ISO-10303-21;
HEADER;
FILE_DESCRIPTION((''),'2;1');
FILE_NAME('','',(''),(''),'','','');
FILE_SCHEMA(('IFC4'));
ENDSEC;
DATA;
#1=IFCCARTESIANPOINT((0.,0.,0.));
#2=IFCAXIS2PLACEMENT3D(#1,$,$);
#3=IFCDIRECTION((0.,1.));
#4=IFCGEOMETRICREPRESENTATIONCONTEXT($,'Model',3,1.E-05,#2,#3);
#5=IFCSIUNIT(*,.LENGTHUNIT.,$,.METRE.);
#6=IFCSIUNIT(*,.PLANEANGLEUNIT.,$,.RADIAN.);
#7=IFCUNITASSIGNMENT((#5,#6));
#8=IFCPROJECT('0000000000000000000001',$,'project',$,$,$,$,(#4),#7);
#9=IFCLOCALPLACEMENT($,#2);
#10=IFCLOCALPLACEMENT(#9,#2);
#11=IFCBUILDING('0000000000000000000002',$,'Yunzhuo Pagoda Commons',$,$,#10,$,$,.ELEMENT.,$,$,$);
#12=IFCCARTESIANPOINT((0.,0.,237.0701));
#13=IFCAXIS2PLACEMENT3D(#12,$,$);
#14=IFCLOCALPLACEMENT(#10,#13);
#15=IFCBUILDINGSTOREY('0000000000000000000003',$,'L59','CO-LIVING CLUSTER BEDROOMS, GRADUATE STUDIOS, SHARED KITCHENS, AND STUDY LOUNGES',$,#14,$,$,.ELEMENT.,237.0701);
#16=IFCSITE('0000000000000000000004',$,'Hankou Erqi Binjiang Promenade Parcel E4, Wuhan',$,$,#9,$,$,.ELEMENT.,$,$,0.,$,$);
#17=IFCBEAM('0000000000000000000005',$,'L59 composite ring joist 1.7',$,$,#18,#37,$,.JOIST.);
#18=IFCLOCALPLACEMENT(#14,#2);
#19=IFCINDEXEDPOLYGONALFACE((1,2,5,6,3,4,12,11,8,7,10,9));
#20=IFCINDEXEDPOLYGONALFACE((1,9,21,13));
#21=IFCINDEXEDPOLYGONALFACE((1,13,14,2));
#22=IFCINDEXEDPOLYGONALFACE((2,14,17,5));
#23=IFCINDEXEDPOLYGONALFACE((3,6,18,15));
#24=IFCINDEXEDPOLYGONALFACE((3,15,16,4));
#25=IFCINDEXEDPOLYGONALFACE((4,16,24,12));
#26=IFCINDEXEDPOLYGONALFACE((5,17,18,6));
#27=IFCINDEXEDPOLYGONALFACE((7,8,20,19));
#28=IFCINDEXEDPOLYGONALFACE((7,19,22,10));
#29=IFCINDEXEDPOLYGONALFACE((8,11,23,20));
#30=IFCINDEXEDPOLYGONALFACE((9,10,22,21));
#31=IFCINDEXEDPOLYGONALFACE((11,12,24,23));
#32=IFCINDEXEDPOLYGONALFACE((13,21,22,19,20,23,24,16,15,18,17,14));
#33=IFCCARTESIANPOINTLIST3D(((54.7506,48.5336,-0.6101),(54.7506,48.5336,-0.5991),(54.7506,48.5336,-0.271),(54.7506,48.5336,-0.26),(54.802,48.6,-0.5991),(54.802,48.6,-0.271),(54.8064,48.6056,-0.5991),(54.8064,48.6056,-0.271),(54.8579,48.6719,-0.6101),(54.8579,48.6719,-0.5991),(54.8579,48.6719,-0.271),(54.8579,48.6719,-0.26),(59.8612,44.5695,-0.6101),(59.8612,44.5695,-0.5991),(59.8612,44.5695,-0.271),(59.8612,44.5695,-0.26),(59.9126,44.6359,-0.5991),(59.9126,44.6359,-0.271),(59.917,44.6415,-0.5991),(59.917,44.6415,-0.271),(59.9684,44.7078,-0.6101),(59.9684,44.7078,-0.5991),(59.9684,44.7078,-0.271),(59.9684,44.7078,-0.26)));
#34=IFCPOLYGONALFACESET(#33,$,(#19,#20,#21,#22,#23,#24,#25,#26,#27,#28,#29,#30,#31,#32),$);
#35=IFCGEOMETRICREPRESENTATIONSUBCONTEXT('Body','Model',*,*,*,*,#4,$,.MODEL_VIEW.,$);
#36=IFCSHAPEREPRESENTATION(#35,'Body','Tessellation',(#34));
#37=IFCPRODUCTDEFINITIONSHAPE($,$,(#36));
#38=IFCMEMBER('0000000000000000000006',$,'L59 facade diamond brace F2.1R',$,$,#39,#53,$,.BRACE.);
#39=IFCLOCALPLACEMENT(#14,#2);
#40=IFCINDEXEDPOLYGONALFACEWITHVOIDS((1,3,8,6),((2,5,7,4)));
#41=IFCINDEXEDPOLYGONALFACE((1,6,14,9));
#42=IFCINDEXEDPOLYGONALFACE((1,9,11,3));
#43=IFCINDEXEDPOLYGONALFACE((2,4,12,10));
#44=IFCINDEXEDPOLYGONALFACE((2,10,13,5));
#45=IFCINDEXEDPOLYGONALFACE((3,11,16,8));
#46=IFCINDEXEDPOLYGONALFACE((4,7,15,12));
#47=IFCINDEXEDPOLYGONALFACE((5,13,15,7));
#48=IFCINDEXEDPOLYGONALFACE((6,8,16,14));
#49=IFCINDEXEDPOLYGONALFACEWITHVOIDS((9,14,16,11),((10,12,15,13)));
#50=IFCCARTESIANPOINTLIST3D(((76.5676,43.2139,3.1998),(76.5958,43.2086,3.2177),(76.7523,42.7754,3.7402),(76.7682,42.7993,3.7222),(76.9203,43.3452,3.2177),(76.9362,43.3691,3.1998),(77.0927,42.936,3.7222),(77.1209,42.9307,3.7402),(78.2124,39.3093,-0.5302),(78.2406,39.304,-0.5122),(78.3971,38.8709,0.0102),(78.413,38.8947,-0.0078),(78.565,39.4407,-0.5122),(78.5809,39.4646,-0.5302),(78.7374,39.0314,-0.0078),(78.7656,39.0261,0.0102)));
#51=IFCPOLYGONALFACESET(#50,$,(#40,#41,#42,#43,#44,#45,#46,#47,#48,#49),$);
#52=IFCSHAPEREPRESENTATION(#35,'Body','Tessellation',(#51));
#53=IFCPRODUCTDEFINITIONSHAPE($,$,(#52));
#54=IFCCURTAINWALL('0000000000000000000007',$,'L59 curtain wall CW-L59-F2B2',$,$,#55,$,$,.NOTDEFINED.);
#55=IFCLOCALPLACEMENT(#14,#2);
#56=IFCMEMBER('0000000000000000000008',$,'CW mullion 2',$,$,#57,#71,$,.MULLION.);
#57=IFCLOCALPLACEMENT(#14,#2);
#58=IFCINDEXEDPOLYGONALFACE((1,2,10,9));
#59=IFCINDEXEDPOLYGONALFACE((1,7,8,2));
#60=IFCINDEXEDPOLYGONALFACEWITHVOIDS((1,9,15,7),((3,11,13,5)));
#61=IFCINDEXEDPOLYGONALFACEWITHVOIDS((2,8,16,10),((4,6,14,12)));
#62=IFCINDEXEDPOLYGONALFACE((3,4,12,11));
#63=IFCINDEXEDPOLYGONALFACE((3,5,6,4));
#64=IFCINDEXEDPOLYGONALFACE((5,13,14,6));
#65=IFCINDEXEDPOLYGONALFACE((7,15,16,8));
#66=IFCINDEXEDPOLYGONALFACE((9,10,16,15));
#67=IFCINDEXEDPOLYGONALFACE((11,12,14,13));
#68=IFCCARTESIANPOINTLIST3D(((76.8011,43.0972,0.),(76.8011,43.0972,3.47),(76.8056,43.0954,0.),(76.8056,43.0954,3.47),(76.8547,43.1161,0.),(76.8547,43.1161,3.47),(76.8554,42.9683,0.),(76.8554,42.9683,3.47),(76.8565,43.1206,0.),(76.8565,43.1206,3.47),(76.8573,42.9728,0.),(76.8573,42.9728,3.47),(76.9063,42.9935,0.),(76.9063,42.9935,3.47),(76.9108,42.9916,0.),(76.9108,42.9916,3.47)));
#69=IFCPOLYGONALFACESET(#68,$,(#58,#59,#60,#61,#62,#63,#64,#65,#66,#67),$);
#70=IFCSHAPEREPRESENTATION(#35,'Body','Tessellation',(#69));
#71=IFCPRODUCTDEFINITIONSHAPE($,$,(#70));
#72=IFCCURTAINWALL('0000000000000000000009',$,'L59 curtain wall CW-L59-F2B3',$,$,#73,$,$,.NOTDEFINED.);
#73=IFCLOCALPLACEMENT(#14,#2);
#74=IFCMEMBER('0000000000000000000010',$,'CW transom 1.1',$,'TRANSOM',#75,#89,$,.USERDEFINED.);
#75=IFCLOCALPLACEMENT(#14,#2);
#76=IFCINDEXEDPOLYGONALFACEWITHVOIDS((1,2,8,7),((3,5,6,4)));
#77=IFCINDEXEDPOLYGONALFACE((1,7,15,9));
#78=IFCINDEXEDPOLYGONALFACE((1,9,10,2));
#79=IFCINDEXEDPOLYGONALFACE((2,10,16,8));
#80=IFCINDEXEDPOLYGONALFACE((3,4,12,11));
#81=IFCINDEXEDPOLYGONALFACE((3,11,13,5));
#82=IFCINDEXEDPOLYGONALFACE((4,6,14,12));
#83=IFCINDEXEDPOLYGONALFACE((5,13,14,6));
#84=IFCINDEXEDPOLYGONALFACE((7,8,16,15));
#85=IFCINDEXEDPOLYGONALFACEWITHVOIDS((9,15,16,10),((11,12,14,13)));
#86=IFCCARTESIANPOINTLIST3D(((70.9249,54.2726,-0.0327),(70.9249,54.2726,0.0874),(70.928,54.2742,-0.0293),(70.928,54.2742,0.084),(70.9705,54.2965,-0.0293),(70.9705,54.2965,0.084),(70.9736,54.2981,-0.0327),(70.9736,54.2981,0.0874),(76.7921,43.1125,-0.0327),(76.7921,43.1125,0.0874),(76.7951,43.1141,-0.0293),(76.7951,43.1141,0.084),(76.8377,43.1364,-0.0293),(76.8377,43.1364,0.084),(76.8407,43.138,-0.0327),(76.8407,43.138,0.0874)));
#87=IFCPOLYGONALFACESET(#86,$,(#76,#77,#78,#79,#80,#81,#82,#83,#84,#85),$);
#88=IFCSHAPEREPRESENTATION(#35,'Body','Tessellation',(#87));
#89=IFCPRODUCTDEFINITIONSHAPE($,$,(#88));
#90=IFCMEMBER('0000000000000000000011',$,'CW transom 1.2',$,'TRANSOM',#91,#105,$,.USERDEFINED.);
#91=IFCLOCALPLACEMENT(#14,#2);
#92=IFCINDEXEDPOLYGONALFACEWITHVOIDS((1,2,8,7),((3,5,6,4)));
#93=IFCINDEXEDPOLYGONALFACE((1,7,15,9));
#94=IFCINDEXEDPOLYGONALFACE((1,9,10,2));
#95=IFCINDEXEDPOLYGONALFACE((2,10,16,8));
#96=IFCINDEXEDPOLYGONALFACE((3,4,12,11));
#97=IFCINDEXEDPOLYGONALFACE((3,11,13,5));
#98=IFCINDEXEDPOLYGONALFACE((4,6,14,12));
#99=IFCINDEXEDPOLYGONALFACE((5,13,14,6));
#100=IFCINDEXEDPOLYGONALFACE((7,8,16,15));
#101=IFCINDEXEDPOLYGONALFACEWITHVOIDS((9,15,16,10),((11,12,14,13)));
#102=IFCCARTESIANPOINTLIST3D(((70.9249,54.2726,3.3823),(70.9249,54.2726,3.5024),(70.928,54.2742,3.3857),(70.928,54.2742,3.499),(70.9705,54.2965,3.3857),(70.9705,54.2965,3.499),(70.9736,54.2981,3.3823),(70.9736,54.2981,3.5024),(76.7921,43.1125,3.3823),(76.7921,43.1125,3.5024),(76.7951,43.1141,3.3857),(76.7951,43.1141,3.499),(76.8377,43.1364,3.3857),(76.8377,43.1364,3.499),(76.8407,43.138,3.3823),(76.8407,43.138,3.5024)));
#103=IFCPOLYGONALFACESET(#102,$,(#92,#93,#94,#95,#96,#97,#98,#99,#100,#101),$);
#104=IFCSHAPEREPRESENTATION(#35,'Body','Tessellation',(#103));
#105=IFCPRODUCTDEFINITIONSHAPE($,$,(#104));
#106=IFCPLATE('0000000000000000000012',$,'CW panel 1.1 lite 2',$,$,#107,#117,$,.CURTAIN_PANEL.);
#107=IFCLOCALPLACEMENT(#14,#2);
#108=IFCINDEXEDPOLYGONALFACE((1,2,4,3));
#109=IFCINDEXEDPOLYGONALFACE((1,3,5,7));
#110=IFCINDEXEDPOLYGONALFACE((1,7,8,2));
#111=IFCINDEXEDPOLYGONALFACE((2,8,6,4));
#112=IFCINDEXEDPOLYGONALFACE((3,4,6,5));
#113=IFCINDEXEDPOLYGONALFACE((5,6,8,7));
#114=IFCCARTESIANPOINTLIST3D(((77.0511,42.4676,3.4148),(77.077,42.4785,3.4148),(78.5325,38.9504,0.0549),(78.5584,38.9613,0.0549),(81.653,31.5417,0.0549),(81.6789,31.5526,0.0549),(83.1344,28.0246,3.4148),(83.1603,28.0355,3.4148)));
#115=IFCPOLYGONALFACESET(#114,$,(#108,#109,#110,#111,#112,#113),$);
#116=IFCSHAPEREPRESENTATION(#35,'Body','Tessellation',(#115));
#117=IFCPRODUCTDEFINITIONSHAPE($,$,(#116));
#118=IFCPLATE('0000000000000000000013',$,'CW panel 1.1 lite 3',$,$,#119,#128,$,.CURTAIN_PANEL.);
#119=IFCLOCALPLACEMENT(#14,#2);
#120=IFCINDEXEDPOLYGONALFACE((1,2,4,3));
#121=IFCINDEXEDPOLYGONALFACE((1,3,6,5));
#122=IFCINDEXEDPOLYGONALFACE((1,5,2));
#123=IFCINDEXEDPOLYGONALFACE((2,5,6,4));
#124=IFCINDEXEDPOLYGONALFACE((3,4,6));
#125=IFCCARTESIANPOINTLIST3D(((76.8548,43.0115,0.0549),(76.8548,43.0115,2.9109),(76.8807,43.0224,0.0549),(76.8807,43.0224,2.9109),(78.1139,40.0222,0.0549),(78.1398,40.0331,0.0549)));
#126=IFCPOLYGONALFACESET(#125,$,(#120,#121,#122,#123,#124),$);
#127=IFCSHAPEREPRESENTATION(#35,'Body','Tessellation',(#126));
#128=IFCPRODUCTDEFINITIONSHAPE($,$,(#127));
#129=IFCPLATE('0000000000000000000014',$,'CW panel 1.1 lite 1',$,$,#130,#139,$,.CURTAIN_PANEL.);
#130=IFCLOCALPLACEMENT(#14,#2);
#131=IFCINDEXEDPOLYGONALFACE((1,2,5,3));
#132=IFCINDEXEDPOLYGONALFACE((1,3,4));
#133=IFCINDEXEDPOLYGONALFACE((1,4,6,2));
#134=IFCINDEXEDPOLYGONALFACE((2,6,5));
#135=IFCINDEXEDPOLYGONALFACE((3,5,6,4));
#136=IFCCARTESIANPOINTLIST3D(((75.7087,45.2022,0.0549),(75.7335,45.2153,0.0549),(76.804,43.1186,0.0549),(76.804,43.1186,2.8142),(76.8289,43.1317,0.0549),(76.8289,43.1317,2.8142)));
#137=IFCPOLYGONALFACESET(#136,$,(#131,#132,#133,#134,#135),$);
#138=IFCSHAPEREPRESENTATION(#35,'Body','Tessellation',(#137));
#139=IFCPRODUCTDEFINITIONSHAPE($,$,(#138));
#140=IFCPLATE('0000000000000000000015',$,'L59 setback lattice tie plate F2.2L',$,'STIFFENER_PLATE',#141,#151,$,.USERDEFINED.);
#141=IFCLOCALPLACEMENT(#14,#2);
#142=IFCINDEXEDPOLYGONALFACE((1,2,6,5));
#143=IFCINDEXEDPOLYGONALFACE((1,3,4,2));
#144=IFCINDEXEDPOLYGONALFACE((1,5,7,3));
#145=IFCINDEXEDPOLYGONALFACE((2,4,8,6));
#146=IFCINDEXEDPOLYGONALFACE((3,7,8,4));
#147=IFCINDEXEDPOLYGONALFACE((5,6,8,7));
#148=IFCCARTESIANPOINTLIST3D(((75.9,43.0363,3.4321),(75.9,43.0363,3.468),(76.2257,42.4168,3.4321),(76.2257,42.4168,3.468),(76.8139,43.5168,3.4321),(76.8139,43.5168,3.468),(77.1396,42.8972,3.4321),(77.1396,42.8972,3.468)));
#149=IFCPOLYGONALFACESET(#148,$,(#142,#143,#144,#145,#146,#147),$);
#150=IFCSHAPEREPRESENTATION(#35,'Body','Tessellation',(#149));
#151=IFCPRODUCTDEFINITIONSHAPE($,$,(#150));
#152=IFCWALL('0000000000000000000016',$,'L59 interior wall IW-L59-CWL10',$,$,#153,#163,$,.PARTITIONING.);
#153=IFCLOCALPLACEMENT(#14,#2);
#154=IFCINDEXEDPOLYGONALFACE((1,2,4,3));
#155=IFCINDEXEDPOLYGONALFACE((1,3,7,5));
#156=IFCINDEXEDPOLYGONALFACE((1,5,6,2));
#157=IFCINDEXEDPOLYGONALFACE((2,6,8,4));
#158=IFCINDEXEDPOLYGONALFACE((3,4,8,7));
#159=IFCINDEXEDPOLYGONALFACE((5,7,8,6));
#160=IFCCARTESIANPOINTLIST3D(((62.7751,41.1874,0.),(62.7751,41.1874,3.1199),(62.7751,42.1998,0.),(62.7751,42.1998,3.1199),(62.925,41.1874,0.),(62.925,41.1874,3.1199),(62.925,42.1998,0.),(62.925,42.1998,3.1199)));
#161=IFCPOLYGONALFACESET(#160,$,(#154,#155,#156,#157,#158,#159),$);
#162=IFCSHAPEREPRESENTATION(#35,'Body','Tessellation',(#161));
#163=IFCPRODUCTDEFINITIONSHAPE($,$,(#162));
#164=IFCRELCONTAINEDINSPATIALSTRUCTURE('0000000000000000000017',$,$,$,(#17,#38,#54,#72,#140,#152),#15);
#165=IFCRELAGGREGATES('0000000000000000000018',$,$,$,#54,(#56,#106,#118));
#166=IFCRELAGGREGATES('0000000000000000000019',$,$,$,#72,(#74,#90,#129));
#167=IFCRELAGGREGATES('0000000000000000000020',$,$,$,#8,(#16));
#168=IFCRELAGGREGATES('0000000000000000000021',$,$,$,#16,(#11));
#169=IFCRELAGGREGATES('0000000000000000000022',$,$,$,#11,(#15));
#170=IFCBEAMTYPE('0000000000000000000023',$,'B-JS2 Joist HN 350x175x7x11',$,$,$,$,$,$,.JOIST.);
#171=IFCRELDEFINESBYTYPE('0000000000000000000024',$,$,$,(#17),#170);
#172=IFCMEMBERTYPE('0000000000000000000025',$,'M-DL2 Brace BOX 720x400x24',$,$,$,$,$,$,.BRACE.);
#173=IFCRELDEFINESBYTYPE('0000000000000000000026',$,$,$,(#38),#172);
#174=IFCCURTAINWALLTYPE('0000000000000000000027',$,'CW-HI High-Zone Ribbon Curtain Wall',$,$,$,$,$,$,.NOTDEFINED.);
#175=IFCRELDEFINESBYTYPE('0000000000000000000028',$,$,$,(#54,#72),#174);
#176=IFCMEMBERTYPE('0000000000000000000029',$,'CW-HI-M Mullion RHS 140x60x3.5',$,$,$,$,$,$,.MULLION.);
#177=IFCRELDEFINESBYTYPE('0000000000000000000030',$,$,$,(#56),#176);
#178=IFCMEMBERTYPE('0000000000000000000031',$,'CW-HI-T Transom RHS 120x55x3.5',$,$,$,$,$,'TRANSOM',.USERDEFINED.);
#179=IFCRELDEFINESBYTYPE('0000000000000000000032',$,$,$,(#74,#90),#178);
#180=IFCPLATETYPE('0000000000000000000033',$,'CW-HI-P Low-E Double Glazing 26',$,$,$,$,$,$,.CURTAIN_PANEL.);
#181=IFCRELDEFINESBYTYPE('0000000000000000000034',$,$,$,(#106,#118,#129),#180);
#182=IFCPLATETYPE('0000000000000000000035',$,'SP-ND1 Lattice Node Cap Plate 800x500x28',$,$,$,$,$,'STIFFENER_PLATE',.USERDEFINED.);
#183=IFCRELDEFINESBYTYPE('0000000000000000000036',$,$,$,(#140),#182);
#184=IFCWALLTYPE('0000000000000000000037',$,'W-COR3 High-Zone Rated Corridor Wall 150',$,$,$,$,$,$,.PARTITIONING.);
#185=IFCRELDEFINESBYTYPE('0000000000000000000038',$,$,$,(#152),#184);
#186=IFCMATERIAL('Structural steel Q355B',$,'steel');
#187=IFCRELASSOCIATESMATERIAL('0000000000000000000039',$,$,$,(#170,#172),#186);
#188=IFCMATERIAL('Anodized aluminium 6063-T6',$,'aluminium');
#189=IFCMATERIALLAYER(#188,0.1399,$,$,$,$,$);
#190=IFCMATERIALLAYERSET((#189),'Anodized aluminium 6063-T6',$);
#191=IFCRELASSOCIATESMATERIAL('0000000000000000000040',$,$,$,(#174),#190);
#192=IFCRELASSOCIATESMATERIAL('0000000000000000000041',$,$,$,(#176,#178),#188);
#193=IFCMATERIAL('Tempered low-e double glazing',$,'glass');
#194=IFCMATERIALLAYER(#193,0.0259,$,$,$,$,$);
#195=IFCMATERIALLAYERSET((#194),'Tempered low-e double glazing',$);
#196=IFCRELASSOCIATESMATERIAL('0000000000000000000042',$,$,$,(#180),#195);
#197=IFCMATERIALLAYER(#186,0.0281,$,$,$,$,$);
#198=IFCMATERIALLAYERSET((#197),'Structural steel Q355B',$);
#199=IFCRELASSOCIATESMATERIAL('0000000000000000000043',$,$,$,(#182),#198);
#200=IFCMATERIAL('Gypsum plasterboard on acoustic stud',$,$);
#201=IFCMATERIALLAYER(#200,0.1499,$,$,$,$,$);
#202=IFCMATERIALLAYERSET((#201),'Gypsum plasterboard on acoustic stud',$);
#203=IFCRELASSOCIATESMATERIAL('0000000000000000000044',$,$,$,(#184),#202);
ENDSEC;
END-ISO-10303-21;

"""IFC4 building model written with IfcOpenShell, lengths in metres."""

from ifc_helpers import new_model, si_unit, direction, frame, frame_2d, origin, origin_2d, place, context, subcontext, project, spatial, polyline, rectangle, hollow_rectangle, i_section, outline, extrude, source, transform, mapped, material, layer, layer_set, material_profile, profile_set, type_object, element, aggregate, save


model = new_model("IFC4")

# Units and contexts
model_context = context("Model", 3, precision=1e-05, world=origin(), true_north=direction((0.0, 1.0)))
body_context = subcontext(model_context, "Body", "Model", "MODEL_VIEW")
ifc_project = project(units=[si_unit("LENGTHUNIT", "METRE"), si_unit("PLANEANGLEUNIT", "RADIAN")], contexts=[model_context])

# Site, building, storey
site_placement = place(None, origin())
site = spatial("IfcSite", under=ifc_project, at=site_placement, Name="Hankou Erqi Binjiang Promenade Parcel E4, Wuhan", CompositionType="ELEMENT", RefElevation=0.0)
building_placement = place(site_placement, origin())
building = spatial("IfcBuilding", under=site, at=building_placement, Name="Yunzhuo Pagoda Commons", CompositionType="ELEMENT")
storey_placement = place(building_placement, frame((0.0, 0.0, 237.0701)))
storey = spatial("IfcBuildingStorey", under=building, at=storey_placement, Name="L59", Description="CO-LIVING CLUSTER BEDROOMS, GRADUATE STUDIOS, SHARED KITCHENS, AND STUDY LOUNGES", CompositionType="ELEMENT", Elevation=237.0701)

# Shared definitions
ifc_material_1 = material(Name="Structural steel Q355B", Category="steel")

# Beam
ifc_material_profile_1 = material_profile(ifc_material_1, i_section(OverallWidth=0.175, OverallDepth=0.3501, WebThickness=0.0071, FlangeThickness=0.011, at=origin_2d()), Name="Structural steel Q355B")
ifc_profile_set_1 = profile_set([ifc_material_profile_1], Name="Structural steel Q355B")
beam_type_1 = type_object("IfcBeamType", Name="B-JS2 Joist HN 350x175x7x11", PredefinedType="JOIST", material=ifc_profile_set_1)
shared_shape_1 = source(origin(), body_context, "Body", "SweptSolid", [
    extrude(i_section(OverallWidth=0.175, OverallDepth=0.3501, WebThickness=0.0071, FlangeThickness=0.011, at=origin_2d()), origin(), (0.0, 0.0, 1.0), 6.4678),
])
beam_1_placement = place(storey_placement, frame((59.9148, 44.6387, -0.4351), z_axis=(-0.79016, 0.6129, 0.0), x_axis=(-0.6129, -0.79016, 0.0)))
element("IfcBeam", 1, at=beam_1_placement, inside=storey, type_object=beam_type_1, Name="L59 composite ring joist 1.7", PredefinedType="JOIST", context=body_context, shape_type="MappedRepresentation", body=[
    mapped(shared_shape_1, transform((0.0, 0.0, 0.0), scale=1.0)),
])

# Member
ifc_material_profile_2 = material_profile(ifc_material_1, hollow_rectangle(XDim=0.3999, YDim=0.72, WallThickness=0.0239, at=origin_2d()), Name="Structural steel Q355B")
ifc_profile_set_2 = profile_set([ifc_material_profile_2], Name="Structural steel Q355B")
member_type_1 = type_object("IfcMemberType", Name="M-DL2 Brace BOX 720x400x24", PredefinedType="BRACE", material=ifc_profile_set_2)
shared_shape_2 = source(origin(), body_context, "Body", "SweptSolid", [
    extrude(hollow_rectangle(XDim=0.3999, YDim=0.72, WallThickness=0.0239, at=origin_2d()), origin(), (0.0, 0.0, 1.0), 5.6448),
])
member_1_placement = place(storey_placement, frame((78.489, 39.1677, -0.26), z_axis=(-0.29138, 0.691709, 0.660785), x_axis=(-0.921571, -0.388209, 0.0)))
element("IfcMember", 2, at=member_1_placement, inside=storey, type_object=member_type_1, Name="L59 facade diamond brace F2.1R", PredefinedType="BRACE", context=body_context, shape_type="MappedRepresentation", body=[
    mapped(shared_shape_2, transform((0.0, 0.0, 0.0), scale=1.0)),
])

# Curtain wall, member
ifc_material_2 = material(Name="Anodized aluminium 6063-T6", Category="aluminium")
ifc_layer_1 = layer(ifc_material_2, 0.1399)
ifc_layer_set_1 = layer_set([ifc_layer_1], Name="Anodized aluminium 6063-T6")
curtain_wall_type = type_object("IfcCurtainWallType", Name="CW-HI High-Zone Ribbon Curtain Wall", PredefinedType="NOTDEFINED", material=ifc_layer_set_1)
curtain_wall_1_placement = place(storey_placement, origin())
curtain_wall_1 = element("IfcCurtainWall", 3, at=curtain_wall_1_placement, inside=storey, type_object=curtain_wall_type, Name="L59 curtain wall CW-L59-F2B2", PredefinedType="NOTDEFINED")
ifc_material_profile_3 = material_profile(ifc_material_2, hollow_rectangle(XDim=0.0601, YDim=0.1399, WallThickness=0.0034, at=origin_2d()), Name="Anodized aluminium 6063-T6")
ifc_profile_set_3 = profile_set([ifc_material_profile_3], Name="Anodized aluminium 6063-T6")
member_type_2 = type_object("IfcMemberType", Name="CW-HI-M Mullion RHS 140x60x3.5", PredefinedType="MULLION", material=ifc_profile_set_3)
shared_shape_3 = source(origin(), body_context, "Body", "SweptSolid", [
    extrude(hollow_rectangle(XDim=0.0601, YDim=0.1399, WallThickness=0.0034, at=origin_2d()), origin(), (0.0, 0.0, 1.0), 3.47),
])
member_2_placement = place(storey_placement, frame((76.856, 43.0444, 0.0), z_axis=(0.0, 0.0, 1.0), x_axis=(-0.921589, -0.388167, 0.0)))
member_2 = element("IfcMember", 4, at=member_2_placement, type_object=member_type_2, Name="CW mullion 2", PredefinedType="MULLION", context=body_context, shape_type="MappedRepresentation", body=[
    mapped(shared_shape_3, transform((0.0, 0.0, 0.0), scale=1.0)),
])

# Curtain wall, members
curtain_wall_2_placement = place(storey_placement, origin())
curtain_wall_2 = element("IfcCurtainWall", 5, at=curtain_wall_2_placement, inside=storey, type_object=curtain_wall_type, Name="L59 curtain wall CW-L59-F2B3", PredefinedType="NOTDEFINED")
ifc_material_profile_4 = material_profile(ifc_material_2, hollow_rectangle(XDim=0.0549, YDim=0.1201, WallThickness=0.0034, at=origin_2d()), Name="Anodized aluminium 6063-T6")
ifc_profile_set_4 = profile_set([ifc_material_profile_4], Name="Anodized aluminium 6063-T6")
member_type_3 = type_object("IfcMemberType", Name="CW-HI-T Transom RHS 120x55x3.5", ElementType="TRANSOM", PredefinedType="USERDEFINED", material=ifc_profile_set_4)
shared_shape_4 = source(origin(), body_context, "Body", "SweptSolid", [
    extrude(hollow_rectangle(XDim=0.0549, YDim=0.1201, WallThickness=0.0034, at=origin_2d()), origin(), (0.0, 0.0, 1.0), 12.6084),
])
member_3_placement = place(storey_placement, frame((76.8164, 43.1252, 0.0273), z_axis=(-0.465338, 0.885133, 0.0), x_axis=(-0.885133, -0.465338, 0.0)))
member_3 = element("IfcMember", 6, at=member_3_placement, type_object=member_type_3, Name="CW transom 1.1", ObjectType="TRANSOM", PredefinedType="USERDEFINED", context=body_context, shape_type="MappedRepresentation", body=[
    mapped(shared_shape_4, transform((0.0, 0.0, 0.0), scale=1.0)),
])
member_4_placement = place(storey_placement, frame((76.8164, 43.1252, 3.4424), z_axis=(-0.465338, 0.885133, 0.0), x_axis=(-0.885133, -0.465338, 0.0)))
member_4 = element("IfcMember", 7, at=member_4_placement, type_object=member_type_3, Name="CW transom 1.2", ObjectType="TRANSOM", PredefinedType="USERDEFINED", context=body_context, shape_type="MappedRepresentation", body=[
    mapped(shared_shape_4, transform((0.0, 0.0, 0.0), scale=1.0)),
])

# Plates
ifc_material_3 = material(Name="Tempered low-e double glazing", Category="glass")
ifc_layer_2 = layer(ifc_material_3, 0.0259)
ifc_layer_set_2 = layer_set([ifc_layer_2], Name="Tempered low-e double glazing")
plate_type_1 = type_object("IfcPlateType", Name="CW-HI-P Low-E Double Glazing 26", PredefinedType="CURTAIN_PANEL", material=ifc_layer_set_2)
plate_1_placement = place(storey_placement, frame((80.0928, 35.2461, 1.7349), z_axis=(0.921589, 0.388167, 0.0), x_axis=(-0.388167, 0.921589, 0.0)))
plate_1 = element("IfcPlate", 8, at=plate_1_placement, type_object=plate_type_1, Name="CW panel 1.1 lite 2", PredefinedType="CURTAIN_PANEL", context=body_context, shape_type="SweptSolid", body=[
    extrude(outline(polyline([(-7.8359, 1.6799), (-4.0195, -1.6799), (4.0195, -1.6799), (7.8359, 1.6799), (-7.8359, 1.6799)])), origin(), (0.0, 0.0, 1.0), 0.0281),
])
plate_2_placement = place(storey_placement, frame((77.4844, 41.5168, 1.4829), z_axis=(0.921589, 0.388167, 0.0), x_axis=(-0.388167, 0.921589, 0.0)))
plate_2 = element("IfcPlate", 9, at=plate_2_placement, type_object=plate_type_1, Name="CW panel 1.1 lite 3", PredefinedType="CURTAIN_PANEL", context=body_context, shape_type="SweptSolid", body=[
    extrude(outline(polyline([(-1.6218, -1.428), (1.6218, -1.428), (1.6218, 1.428), (-1.6218, -1.428)])), origin(), (0.0, 0.0, 1.0), 0.0281),
])
aggregate(curtain_wall_1, [member_2, plate_1, plate_2])
plate_3_placement = place(storey_placement, frame((76.2563, 44.1604, 1.4346), z_axis=(0.885138, 0.465329, 0.0), x_axis=(-0.465329, 0.885138, 0.0)))
plate_3 = element("IfcPlate", 10, at=plate_3_placement, type_object=plate_type_1, Name="CW panel 1.1 lite 1", PredefinedType="CURTAIN_PANEL", context=body_context, shape_type="SweptSolid", body=[
    extrude(outline(polyline([(-1.177, -1.3796), (1.177, -1.3796), (-1.177, 1.3796), (-1.177, -1.3796)])), origin(), (0.0, 0.0, 1.0), 0.0281),
])
aggregate(curtain_wall_2, [member_3, member_4, plate_3])
ifc_layer_3 = layer(ifc_material_1, 0.0281)
ifc_layer_set_3 = layer_set([ifc_layer_3], Name="Structural steel Q355B")
plate_type_2 = type_object("IfcPlateType", Name="SP-ND1 Lattice Node Cap Plate 800x500x28", ElementType="STIFFENER_PLATE", PredefinedType="USERDEFINED", material=ifc_layer_set_3)
shared_shape_5 = source(origin(), body_context, "Body", "SweptSolid", [
    extrude(rectangle(XDim=0.7, YDim=1.0325, at=origin_2d()), origin(), (0.0, 0.0, 1.0), 0.0359),
])
plate_4_placement = place(storey_placement, frame((76.5198, 42.9668, 3.4321), z_axis=(0.0, 0.0, 1.0), x_axis=(-0.465336, 0.885134, 0.0)))
element("IfcPlate", 11, at=plate_4_placement, inside=storey, type_object=plate_type_2, Name="L59 setback lattice tie plate F2.2L", ObjectType="STIFFENER_PLATE", PredefinedType="USERDEFINED", context=body_context, shape_type="MappedRepresentation", body=[
    mapped(shared_shape_5, transform((0.0, 0.0, 0.0), scale=1.0)),
])

# Wall
ifc_material_4 = material(Name="Gypsum plasterboard on acoustic stud")
ifc_layer_4 = layer(ifc_material_4, 0.1499)
ifc_layer_set_4 = layer_set([ifc_layer_4], Name="Gypsum plasterboard on acoustic stud")
wall_type_1 = type_object("IfcWallType", Name="W-COR3 High-Zone Rated Corridor Wall 150", PredefinedType="PARTITIONING", material=ifc_layer_set_4)
wall_1_placement = place(storey_placement, frame((62.8501, 42.2, 0.0), z_axis=(0.0, 0.0, 1.0), x_axis=(0.0, -1.0, 0.0)))
element("IfcWall", 12, at=wall_1_placement, inside=storey, type_object=wall_type_1, Name="L59 interior wall IW-L59-CWL10", PredefinedType="PARTITIONING", context=body_context, shape_type="SweptSolid", body=[
    extrude(rectangle(XDim=1.0125, YDim=0.1499, at=frame_2d((0.5063, 0.0))), origin(), (0.0, 0.0, 1.0), 3.1199),
])

save(model, "model.ifc")
